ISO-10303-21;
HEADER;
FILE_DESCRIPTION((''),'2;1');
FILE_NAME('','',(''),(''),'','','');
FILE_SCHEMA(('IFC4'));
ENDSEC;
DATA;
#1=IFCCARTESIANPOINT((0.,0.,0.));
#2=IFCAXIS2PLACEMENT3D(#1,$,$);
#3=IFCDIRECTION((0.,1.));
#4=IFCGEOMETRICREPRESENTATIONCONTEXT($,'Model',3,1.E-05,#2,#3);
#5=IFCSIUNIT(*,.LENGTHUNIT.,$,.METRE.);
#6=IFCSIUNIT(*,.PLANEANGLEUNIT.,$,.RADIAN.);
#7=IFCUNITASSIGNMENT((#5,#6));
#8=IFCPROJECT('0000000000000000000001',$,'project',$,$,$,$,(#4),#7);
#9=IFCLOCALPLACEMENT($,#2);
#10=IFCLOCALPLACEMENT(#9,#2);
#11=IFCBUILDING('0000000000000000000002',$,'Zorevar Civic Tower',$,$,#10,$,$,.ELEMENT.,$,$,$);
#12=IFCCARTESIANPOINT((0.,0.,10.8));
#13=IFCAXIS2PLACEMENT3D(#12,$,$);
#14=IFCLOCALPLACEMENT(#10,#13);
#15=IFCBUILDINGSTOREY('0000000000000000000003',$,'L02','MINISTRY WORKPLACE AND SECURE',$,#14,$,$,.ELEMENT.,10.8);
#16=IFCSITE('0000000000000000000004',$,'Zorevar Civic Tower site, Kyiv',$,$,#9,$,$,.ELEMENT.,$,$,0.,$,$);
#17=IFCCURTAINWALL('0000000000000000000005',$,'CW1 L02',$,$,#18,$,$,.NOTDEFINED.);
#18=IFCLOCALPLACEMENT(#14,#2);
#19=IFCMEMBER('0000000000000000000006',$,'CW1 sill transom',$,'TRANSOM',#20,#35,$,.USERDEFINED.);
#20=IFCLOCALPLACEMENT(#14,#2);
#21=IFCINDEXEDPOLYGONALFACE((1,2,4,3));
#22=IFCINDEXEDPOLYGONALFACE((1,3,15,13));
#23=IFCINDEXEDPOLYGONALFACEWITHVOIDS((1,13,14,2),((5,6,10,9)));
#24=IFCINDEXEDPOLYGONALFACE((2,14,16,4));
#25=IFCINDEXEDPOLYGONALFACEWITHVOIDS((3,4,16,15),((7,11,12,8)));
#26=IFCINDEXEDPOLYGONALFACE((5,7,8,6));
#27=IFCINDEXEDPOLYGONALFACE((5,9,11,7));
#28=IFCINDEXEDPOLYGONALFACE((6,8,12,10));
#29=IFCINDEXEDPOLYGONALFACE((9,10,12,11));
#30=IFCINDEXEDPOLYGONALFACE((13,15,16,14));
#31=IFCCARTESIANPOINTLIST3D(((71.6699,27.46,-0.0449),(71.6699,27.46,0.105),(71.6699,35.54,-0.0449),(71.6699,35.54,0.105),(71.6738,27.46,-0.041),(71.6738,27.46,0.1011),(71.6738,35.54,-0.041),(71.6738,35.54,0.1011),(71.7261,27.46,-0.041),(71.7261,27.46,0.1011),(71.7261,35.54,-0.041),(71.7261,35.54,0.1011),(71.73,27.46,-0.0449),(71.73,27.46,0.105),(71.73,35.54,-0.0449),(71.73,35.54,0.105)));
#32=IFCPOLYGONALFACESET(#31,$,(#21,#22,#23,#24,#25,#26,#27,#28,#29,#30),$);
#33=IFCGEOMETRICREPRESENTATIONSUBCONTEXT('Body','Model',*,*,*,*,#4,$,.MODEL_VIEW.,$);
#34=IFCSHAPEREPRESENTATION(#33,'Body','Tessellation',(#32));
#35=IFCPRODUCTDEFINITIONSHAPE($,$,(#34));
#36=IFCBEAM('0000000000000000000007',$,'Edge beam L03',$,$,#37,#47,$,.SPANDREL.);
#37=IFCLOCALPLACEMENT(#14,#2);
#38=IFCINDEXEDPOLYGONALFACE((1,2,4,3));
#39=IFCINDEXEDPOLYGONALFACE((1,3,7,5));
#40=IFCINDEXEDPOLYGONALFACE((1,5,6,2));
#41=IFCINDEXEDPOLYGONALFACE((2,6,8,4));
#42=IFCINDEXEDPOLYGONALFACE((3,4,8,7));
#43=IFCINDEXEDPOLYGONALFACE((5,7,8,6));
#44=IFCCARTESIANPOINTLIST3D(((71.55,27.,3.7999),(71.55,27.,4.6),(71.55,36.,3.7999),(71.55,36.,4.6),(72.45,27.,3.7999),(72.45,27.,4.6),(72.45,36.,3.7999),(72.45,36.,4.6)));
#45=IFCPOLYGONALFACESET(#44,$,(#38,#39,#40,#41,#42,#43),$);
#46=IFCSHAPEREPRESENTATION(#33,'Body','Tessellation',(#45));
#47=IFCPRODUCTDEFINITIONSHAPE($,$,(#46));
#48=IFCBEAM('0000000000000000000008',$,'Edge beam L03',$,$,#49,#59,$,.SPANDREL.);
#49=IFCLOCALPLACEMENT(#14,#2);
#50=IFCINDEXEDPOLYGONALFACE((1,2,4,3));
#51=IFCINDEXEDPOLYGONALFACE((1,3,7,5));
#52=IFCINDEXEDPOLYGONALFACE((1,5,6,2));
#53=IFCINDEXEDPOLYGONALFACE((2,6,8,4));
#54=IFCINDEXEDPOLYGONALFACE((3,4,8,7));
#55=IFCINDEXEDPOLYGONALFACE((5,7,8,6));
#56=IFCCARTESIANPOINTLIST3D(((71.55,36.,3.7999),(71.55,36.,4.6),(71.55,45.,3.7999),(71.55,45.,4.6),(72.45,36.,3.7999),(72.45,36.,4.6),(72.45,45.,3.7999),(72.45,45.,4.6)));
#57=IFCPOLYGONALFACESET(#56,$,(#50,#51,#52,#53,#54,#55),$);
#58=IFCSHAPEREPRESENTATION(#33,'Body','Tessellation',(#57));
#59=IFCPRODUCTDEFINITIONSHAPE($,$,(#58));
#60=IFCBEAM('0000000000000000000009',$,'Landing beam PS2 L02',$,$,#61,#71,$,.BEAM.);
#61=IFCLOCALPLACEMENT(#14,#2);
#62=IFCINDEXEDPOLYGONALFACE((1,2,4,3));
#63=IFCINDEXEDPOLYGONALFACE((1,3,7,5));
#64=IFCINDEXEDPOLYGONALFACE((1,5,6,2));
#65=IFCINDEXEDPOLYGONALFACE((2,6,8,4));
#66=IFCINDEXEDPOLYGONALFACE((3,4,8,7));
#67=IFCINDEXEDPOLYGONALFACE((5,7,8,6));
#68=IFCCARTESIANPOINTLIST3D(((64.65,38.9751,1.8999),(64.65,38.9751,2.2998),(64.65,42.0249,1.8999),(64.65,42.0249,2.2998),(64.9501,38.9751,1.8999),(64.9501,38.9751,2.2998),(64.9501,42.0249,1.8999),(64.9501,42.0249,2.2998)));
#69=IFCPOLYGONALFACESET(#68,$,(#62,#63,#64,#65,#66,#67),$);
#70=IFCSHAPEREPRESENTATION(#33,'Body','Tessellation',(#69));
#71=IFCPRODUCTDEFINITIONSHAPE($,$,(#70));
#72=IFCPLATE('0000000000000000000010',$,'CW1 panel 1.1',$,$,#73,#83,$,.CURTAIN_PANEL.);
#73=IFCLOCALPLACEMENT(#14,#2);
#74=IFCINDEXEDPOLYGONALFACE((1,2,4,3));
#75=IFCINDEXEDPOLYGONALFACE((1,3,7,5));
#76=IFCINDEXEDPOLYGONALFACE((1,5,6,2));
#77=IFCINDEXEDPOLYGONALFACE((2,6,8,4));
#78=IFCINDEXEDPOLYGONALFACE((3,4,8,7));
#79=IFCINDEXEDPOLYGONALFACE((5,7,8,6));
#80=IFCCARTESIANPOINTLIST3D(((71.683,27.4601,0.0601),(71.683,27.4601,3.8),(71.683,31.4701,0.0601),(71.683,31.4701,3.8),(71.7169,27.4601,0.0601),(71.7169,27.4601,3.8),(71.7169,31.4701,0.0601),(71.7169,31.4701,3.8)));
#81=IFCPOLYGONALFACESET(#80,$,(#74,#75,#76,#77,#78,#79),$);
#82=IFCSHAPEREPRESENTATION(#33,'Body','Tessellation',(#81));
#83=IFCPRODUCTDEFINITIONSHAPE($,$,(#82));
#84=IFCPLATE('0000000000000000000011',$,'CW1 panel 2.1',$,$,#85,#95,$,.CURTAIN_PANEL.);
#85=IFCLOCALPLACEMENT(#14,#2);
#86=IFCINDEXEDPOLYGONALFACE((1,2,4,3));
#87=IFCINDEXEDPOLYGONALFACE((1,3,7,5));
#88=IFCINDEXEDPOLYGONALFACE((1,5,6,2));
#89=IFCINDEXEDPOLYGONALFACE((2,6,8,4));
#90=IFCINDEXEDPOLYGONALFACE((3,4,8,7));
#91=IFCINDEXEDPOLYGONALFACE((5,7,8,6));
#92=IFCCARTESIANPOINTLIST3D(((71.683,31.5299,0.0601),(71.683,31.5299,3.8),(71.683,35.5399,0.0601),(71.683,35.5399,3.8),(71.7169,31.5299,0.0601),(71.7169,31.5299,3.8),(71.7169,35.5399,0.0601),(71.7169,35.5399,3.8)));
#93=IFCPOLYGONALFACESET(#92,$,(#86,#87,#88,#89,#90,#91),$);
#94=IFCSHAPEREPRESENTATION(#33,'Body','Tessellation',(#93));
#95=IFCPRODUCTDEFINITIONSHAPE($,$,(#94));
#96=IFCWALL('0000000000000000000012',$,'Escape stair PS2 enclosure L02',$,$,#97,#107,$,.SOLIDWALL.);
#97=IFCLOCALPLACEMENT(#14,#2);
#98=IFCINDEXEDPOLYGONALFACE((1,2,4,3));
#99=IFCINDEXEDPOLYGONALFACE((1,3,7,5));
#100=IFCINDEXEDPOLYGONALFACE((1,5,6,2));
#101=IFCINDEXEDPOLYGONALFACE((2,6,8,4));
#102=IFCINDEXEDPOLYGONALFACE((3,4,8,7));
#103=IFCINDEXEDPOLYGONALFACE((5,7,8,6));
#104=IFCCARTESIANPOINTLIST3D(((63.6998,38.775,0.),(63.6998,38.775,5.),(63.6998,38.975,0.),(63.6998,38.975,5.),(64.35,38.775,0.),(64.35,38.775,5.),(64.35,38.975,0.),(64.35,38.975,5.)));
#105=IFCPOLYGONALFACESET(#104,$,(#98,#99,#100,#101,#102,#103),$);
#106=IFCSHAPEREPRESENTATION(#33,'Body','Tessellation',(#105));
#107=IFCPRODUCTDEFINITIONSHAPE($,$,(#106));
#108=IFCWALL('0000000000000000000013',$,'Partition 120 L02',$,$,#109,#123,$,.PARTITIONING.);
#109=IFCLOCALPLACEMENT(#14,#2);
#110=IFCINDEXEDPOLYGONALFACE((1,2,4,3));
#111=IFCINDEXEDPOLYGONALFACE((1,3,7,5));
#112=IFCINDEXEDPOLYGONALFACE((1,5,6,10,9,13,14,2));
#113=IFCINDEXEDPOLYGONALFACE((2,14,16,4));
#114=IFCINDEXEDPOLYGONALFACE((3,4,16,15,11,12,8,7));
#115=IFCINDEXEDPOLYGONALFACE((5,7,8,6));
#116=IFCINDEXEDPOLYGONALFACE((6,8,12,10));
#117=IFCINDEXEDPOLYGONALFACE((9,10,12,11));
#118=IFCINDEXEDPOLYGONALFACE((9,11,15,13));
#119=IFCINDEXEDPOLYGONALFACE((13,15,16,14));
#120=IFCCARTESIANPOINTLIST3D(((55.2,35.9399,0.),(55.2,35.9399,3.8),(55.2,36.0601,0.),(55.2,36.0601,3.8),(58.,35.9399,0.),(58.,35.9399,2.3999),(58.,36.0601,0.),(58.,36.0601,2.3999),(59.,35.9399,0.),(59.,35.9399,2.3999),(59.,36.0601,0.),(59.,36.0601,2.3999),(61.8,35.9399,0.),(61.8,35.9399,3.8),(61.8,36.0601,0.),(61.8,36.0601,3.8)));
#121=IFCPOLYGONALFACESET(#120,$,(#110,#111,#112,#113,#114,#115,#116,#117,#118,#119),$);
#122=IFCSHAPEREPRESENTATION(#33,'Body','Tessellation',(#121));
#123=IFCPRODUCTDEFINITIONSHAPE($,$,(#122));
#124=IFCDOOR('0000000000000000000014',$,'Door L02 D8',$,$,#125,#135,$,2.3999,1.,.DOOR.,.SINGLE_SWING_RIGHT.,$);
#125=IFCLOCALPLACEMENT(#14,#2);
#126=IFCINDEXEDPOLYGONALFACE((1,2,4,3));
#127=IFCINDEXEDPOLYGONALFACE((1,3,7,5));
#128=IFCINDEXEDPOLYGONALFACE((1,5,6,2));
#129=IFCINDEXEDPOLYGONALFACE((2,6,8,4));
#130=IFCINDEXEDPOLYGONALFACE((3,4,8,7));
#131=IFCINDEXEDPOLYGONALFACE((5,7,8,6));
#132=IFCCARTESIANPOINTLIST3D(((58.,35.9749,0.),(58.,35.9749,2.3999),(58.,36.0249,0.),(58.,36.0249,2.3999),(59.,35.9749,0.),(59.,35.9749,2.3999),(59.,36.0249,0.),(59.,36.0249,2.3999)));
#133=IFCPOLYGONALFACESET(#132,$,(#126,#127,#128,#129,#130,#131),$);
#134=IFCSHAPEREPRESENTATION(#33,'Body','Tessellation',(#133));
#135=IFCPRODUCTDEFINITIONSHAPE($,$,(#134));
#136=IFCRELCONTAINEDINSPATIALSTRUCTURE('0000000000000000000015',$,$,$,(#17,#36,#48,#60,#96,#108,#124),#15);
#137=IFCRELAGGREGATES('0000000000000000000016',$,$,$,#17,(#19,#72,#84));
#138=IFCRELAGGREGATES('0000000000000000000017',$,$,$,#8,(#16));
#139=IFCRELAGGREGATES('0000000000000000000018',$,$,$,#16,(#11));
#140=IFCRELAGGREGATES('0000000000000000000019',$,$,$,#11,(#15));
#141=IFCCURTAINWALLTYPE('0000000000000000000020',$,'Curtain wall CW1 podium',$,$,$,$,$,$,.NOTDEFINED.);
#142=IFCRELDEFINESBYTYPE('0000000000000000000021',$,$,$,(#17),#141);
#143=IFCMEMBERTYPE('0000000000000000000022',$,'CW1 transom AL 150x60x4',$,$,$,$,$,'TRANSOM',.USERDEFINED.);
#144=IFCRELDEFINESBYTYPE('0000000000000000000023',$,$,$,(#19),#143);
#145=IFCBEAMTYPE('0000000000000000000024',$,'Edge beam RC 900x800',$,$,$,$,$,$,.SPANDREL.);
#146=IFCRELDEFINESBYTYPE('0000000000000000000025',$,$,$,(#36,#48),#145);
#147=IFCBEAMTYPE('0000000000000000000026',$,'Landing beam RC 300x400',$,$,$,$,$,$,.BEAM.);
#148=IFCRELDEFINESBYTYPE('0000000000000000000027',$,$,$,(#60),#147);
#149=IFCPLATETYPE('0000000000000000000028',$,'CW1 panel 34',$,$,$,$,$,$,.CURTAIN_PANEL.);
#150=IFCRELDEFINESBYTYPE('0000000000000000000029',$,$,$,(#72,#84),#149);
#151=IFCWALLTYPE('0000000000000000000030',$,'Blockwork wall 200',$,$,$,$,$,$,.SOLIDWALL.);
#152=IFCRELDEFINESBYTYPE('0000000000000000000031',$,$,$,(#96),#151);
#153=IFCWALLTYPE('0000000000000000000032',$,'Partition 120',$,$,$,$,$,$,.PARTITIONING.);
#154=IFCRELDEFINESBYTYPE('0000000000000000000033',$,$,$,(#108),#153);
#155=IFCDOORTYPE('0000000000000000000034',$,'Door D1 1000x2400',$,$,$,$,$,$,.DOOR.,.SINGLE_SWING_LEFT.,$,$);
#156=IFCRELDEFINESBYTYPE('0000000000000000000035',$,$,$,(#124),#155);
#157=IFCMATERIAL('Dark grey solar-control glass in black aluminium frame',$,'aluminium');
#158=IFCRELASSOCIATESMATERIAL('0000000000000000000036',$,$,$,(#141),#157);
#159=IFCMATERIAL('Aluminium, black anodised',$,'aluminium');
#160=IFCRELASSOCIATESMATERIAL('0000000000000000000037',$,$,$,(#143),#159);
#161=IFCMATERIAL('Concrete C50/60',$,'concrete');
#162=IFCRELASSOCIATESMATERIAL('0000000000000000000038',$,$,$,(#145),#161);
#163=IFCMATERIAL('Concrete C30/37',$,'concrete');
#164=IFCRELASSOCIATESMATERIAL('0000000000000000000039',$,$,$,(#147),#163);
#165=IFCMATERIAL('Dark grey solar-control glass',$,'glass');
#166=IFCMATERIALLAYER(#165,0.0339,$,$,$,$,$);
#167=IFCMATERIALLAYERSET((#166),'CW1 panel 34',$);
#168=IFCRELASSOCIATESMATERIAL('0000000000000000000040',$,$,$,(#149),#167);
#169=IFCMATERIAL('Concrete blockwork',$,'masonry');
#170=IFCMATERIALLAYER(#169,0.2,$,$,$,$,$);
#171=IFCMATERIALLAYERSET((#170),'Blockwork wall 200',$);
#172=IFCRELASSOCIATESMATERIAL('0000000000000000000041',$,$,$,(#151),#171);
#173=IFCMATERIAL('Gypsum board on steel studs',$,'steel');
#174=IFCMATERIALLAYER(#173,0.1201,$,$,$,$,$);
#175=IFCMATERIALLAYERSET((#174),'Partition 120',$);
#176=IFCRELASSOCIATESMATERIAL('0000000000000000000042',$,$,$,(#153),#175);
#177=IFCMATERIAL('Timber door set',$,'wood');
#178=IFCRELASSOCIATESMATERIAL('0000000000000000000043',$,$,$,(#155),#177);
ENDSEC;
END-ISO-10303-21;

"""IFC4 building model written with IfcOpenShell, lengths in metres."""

from ifc_helpers import new_model, si_unit, direction, frame, frame_2d, origin, origin_2d, place, context, subcontext, project, spatial, rectangle, hollow_rectangle, extrude, material, layer, layer_set, material_profile, profile_set, type_object, element, fill, aggregate, save


model = new_model("IFC4")

# Units and contexts
model_context = context("Model", 3, precision=1e-05, world=origin(), true_north=direction((0.0, 1.0)))
body_context = subcontext(model_context, "Body", "Model", "MODEL_VIEW")
ifc_project = project(units=[si_unit("LENGTHUNIT", "METRE"), si_unit("PLANEANGLEUNIT", "RADIAN")], contexts=[model_context])

# Site, building, storey
site_placement = place(None, origin())
site = spatial("IfcSite", under=ifc_project, at=site_placement, Name="Zorevar Civic Tower site, Kyiv", CompositionType="ELEMENT", RefElevation=0.0)
building_placement = place(site_placement, origin())
building = spatial("IfcBuilding", under=site, at=building_placement, Name="Zorevar Civic Tower", CompositionType="ELEMENT")
storey_placement = place(building_placement, frame((0.0, 0.0, 10.8)))
storey = spatial("IfcBuildingStorey", under=building, at=storey_placement, Name="L02", Description="MINISTRY WORKPLACE AND SECURE", CompositionType="ELEMENT", Elevation=10.8)

# Curtain wall, member
ifc_material_1 = material(Name="Dark grey solar-control glass in black aluminium frame", Category="aluminium")
curtain_wall_type = type_object("IfcCurtainWallType", Name="Curtain wall CW1 podium", PredefinedType="NOTDEFINED", material=ifc_material_1)
curtain_wall_placement = place(storey_placement, origin())
curtain_wall = element("IfcCurtainWall", 1, at=curtain_wall_placement, inside=storey, type_object=curtain_wall_type, Name="CW1 L02", PredefinedType="NOTDEFINED")
ifc_material_2 = material(Name="Aluminium, black anodised", Category="aluminium")
ifc_material_profile_1 = material_profile(ifc_material_2, hollow_rectangle(XDim=0.0601, YDim=0.1499, WallThickness=0.0039, at=origin_2d()), Name="AL 150x60x4")
ifc_profile_set_1 = profile_set([ifc_material_profile_1], Name="Aluminium, black anodised")
member_type_1 = type_object("IfcMemberType", Name="CW1 transom AL 150x60x4", ElementType="TRANSOM", PredefinedType="USERDEFINED", material=ifc_profile_set_1)
member_1_placement = place(storey_placement, frame((71.7, 27.46, 0.03), z_axis=(0.0, 1.0, 0.0), x_axis=(-1.0, 0.0, 0.0)))
member_1 = element("IfcMember", 2, at=member_1_placement, type_object=member_type_1, Name="CW1 sill transom", ObjectType="TRANSOM", PredefinedType="USERDEFINED", context=body_context, shape_type="SweptSolid", body=[
    extrude(hollow_rectangle(XDim=0.0601, YDim=0.1499, WallThickness=0.0039, at=origin_2d()), origin(), (0.0, 0.0, 1.0), 8.0801),
])

# Beams
ifc_material_3 = material(Name="Concrete C50/60", Category="concrete")
ifc_material_profile_2 = material_profile(ifc_material_3, rectangle(XDim=0.8999, YDim=0.8, at=origin_2d()), Name="RC 900x800")
ifc_profile_set_2 = profile_set([ifc_material_profile_2], Name="Concrete C50/60")
beam_type_1 = type_object("IfcBeamType", Name="Edge beam RC 900x800", PredefinedType="SPANDREL", material=ifc_profile_set_2)
for number, where, z_axis, x_axis, name in (
    (3, (72.0, 27.0, 4.2), (0.0, 1.0, 0.0), (-1.0, 0.0, 0.0), "Edge beam L03"),
    (4, (72.0, 36.0, 4.2), (0.0, 1.0, 0.0), (-1.0, 0.0, 0.0), "Edge beam L03"),
):
    element("IfcBeam", number, at=place(storey_placement, frame(where, z_axis=z_axis, x_axis=x_axis)), inside=storey, type_object=beam_type_1, Name=name, PredefinedType="SPANDREL", context=body_context, shape_type="SweptSolid", body=[
        extrude(rectangle(XDim=0.8999, YDim=0.8, at=origin_2d()), origin(), (0.0, 0.0, 1.0), 9.0),
    ])
ifc_material_4 = material(Name="Concrete C30/37", Category="concrete")
ifc_material_profile_3 = material_profile(ifc_material_4, rectangle(XDim=0.3, YDim=0.3999, at=origin_2d()), Name="RC 300x400")
ifc_profile_set_3 = profile_set([ifc_material_profile_3], Name="Concrete C30/37")
beam_type_2 = type_object("IfcBeamType", Name="Landing beam RC 300x400", PredefinedType="BEAM", material=ifc_profile_set_3)
beam_1_placement = place(storey_placement, frame((64.8, 42.0249, 2.0999), z_axis=(0.0, -1.0, 0.0), x_axis=(1.0, 0.0, 0.0)))
element("IfcBeam", 5, at=beam_1_placement, inside=storey, type_object=beam_type_2, Name="Landing beam PS2 L02", PredefinedType="BEAM", context=body_context, shape_type="SweptSolid", body=[
    extrude(rectangle(XDim=0.3, YDim=0.3999, at=origin_2d()), origin(), (0.0, 0.0, 1.0), 3.0498),
])

# Plates
ifc_material_5 = material(Name="Dark grey solar-control glass", Category="glass")
ifc_layer_1 = layer(ifc_material_5, 0.0339)
ifc_layer_set_1 = layer_set([ifc_layer_1], Name="CW1 panel 34")
plate_type = type_object("IfcPlateType", Name="CW1 panel 34", PredefinedType="CURTAIN_PANEL", material=ifc_layer_set_1)
plate_1_placement = place(storey_placement, frame((71.7, 29.4651, 0.0601), z_axis=(0.0, 0.0, 1.0), x_axis=(0.0, 1.0, 0.0)))
plate_1 = element("IfcPlate", 6, at=plate_1_placement, type_object=plate_type, Name="CW1 panel 1.1", PredefinedType="CURTAIN_PANEL", context=body_context, shape_type="SweptSolid", body=[
    extrude(rectangle(XDim=4.01, YDim=0.0339, at=origin_2d()), origin(), (0.0, 0.0, 1.0), 3.74),
])
plate_2_placement = place(storey_placement, frame((71.7, 33.5349, 0.0601), z_axis=(0.0, 0.0, 1.0), x_axis=(0.0, 1.0, 0.0)))
plate_2 = element("IfcPlate", 7, at=plate_2_placement, type_object=plate_type, Name="CW1 panel 2.1", PredefinedType="CURTAIN_PANEL", context=body_context, shape_type="SweptSolid", body=[
    extrude(rectangle(XDim=4.01, YDim=0.0339, at=origin_2d()), origin(), (0.0, 0.0, 1.0), 3.74),
])
aggregate(curtain_wall, [member_1, plate_1, plate_2])

# Wall
ifc_material_6 = material(Name="Concrete blockwork", Category="masonry")
ifc_layer_2 = layer(ifc_material_6, 0.2)
ifc_layer_set_2 = layer_set([ifc_layer_2], Name="Blockwork wall 200")
wall_type_1 = type_object("IfcWallType", Name="Blockwork wall 200", PredefinedType="SOLIDWALL", material=ifc_layer_set_2)
wall_1_placement = place(storey_placement, frame((64.3501, 38.875, 0.0), z_axis=(0.0, 0.0, 1.0), x_axis=(-1.0, 0.0, 0.0)))
element("IfcWall", 8, at=wall_1_placement, inside=storey, type_object=wall_type_1, Name="Escape stair PS2 enclosure L02", PredefinedType="SOLIDWALL", context=body_context, shape_type="SweptSolid", body=[
    extrude(rectangle(XDim=0.6501, YDim=0.2, at=frame_2d((0.3252, 0.0))), origin(), (0.0, 0.0, 1.0), 5.0),
])

# Wall, opening, door
ifc_material_7 = material(Name="Gypsum board on steel studs", Category="steel")
ifc_layer_3 = layer(ifc_material_7, 0.1201)
ifc_layer_set_3 = layer_set([ifc_layer_3], Name="Partition 120")
wall_type_2 = type_object("IfcWallType", Name="Partition 120", PredefinedType="PARTITIONING", material=ifc_layer_set_3)
wall_2_placement = place(storey_placement, frame((55.2, 36.0, 0.0), z_axis=(0.0, 0.0, 1.0), x_axis=(1.0, 0.0, 0.0)))
wall_2 = element("IfcWall", 9, at=wall_2_placement, inside=storey, type_object=wall_type_2, Name="Partition 120 L02", PredefinedType="PARTITIONING", context=body_context, shape_type="SweptSolid", body=[
    extrude(rectangle(XDim=6.6001, YDim=0.1201, at=frame_2d((3.3, 0.0))), origin(), (0.0, 0.0, 1.0), 3.8),
])
opening_1_placement = place(wall_2_placement, frame((2.8, 0.0, 0.0)))
opening_1 = element("IfcOpeningElement", 10, at=opening_1_placement, cuts=wall_2, PredefinedType="OPENING", context=body_context, shape_type="SweptSolid", body=[
    extrude(rectangle(XDim=1.0, YDim=2.3999, at=frame_2d((0.5, 1.2))), frame((0.0, 0.0701, 0.0), z_axis=(0.0, -1.0, 0.0), x_axis=(1.0, 0.0, 0.0)), (0.0, 0.0, 1.0), 0.1401),
])
ifc_material_8 = material(Name="Timber door set", Category="wood")
door_type = type_object("IfcDoorType", Name="Door D1 1000x2400", OperationType="SINGLE_SWING_LEFT", PredefinedType="DOOR", material=ifc_material_8)
door_1_placement = place(opening_1_placement, origin())
door_1 = element("IfcDoor", 11, at=door_1_placement, inside=storey, type_object=door_type, Name="Door L02 D8", OperationType="SINGLE_SWING_RIGHT", OverallHeight=2.3999, OverallWidth=1.0, PredefinedType="DOOR", context=body_context, shape_type="SweptSolid", body=[
    extrude(rectangle(XDim=1.0, YDim=2.3999, at=frame_2d((0.5, 1.2))), frame((0.0, 0.0249, 0.0), z_axis=(0.0, -1.0, 0.0), x_axis=(1.0, 0.0, 0.0)), (0.0, 0.0, 1.0), 0.05),
])
fill(opening_1, door_1)

save(model, "model.ifc")
